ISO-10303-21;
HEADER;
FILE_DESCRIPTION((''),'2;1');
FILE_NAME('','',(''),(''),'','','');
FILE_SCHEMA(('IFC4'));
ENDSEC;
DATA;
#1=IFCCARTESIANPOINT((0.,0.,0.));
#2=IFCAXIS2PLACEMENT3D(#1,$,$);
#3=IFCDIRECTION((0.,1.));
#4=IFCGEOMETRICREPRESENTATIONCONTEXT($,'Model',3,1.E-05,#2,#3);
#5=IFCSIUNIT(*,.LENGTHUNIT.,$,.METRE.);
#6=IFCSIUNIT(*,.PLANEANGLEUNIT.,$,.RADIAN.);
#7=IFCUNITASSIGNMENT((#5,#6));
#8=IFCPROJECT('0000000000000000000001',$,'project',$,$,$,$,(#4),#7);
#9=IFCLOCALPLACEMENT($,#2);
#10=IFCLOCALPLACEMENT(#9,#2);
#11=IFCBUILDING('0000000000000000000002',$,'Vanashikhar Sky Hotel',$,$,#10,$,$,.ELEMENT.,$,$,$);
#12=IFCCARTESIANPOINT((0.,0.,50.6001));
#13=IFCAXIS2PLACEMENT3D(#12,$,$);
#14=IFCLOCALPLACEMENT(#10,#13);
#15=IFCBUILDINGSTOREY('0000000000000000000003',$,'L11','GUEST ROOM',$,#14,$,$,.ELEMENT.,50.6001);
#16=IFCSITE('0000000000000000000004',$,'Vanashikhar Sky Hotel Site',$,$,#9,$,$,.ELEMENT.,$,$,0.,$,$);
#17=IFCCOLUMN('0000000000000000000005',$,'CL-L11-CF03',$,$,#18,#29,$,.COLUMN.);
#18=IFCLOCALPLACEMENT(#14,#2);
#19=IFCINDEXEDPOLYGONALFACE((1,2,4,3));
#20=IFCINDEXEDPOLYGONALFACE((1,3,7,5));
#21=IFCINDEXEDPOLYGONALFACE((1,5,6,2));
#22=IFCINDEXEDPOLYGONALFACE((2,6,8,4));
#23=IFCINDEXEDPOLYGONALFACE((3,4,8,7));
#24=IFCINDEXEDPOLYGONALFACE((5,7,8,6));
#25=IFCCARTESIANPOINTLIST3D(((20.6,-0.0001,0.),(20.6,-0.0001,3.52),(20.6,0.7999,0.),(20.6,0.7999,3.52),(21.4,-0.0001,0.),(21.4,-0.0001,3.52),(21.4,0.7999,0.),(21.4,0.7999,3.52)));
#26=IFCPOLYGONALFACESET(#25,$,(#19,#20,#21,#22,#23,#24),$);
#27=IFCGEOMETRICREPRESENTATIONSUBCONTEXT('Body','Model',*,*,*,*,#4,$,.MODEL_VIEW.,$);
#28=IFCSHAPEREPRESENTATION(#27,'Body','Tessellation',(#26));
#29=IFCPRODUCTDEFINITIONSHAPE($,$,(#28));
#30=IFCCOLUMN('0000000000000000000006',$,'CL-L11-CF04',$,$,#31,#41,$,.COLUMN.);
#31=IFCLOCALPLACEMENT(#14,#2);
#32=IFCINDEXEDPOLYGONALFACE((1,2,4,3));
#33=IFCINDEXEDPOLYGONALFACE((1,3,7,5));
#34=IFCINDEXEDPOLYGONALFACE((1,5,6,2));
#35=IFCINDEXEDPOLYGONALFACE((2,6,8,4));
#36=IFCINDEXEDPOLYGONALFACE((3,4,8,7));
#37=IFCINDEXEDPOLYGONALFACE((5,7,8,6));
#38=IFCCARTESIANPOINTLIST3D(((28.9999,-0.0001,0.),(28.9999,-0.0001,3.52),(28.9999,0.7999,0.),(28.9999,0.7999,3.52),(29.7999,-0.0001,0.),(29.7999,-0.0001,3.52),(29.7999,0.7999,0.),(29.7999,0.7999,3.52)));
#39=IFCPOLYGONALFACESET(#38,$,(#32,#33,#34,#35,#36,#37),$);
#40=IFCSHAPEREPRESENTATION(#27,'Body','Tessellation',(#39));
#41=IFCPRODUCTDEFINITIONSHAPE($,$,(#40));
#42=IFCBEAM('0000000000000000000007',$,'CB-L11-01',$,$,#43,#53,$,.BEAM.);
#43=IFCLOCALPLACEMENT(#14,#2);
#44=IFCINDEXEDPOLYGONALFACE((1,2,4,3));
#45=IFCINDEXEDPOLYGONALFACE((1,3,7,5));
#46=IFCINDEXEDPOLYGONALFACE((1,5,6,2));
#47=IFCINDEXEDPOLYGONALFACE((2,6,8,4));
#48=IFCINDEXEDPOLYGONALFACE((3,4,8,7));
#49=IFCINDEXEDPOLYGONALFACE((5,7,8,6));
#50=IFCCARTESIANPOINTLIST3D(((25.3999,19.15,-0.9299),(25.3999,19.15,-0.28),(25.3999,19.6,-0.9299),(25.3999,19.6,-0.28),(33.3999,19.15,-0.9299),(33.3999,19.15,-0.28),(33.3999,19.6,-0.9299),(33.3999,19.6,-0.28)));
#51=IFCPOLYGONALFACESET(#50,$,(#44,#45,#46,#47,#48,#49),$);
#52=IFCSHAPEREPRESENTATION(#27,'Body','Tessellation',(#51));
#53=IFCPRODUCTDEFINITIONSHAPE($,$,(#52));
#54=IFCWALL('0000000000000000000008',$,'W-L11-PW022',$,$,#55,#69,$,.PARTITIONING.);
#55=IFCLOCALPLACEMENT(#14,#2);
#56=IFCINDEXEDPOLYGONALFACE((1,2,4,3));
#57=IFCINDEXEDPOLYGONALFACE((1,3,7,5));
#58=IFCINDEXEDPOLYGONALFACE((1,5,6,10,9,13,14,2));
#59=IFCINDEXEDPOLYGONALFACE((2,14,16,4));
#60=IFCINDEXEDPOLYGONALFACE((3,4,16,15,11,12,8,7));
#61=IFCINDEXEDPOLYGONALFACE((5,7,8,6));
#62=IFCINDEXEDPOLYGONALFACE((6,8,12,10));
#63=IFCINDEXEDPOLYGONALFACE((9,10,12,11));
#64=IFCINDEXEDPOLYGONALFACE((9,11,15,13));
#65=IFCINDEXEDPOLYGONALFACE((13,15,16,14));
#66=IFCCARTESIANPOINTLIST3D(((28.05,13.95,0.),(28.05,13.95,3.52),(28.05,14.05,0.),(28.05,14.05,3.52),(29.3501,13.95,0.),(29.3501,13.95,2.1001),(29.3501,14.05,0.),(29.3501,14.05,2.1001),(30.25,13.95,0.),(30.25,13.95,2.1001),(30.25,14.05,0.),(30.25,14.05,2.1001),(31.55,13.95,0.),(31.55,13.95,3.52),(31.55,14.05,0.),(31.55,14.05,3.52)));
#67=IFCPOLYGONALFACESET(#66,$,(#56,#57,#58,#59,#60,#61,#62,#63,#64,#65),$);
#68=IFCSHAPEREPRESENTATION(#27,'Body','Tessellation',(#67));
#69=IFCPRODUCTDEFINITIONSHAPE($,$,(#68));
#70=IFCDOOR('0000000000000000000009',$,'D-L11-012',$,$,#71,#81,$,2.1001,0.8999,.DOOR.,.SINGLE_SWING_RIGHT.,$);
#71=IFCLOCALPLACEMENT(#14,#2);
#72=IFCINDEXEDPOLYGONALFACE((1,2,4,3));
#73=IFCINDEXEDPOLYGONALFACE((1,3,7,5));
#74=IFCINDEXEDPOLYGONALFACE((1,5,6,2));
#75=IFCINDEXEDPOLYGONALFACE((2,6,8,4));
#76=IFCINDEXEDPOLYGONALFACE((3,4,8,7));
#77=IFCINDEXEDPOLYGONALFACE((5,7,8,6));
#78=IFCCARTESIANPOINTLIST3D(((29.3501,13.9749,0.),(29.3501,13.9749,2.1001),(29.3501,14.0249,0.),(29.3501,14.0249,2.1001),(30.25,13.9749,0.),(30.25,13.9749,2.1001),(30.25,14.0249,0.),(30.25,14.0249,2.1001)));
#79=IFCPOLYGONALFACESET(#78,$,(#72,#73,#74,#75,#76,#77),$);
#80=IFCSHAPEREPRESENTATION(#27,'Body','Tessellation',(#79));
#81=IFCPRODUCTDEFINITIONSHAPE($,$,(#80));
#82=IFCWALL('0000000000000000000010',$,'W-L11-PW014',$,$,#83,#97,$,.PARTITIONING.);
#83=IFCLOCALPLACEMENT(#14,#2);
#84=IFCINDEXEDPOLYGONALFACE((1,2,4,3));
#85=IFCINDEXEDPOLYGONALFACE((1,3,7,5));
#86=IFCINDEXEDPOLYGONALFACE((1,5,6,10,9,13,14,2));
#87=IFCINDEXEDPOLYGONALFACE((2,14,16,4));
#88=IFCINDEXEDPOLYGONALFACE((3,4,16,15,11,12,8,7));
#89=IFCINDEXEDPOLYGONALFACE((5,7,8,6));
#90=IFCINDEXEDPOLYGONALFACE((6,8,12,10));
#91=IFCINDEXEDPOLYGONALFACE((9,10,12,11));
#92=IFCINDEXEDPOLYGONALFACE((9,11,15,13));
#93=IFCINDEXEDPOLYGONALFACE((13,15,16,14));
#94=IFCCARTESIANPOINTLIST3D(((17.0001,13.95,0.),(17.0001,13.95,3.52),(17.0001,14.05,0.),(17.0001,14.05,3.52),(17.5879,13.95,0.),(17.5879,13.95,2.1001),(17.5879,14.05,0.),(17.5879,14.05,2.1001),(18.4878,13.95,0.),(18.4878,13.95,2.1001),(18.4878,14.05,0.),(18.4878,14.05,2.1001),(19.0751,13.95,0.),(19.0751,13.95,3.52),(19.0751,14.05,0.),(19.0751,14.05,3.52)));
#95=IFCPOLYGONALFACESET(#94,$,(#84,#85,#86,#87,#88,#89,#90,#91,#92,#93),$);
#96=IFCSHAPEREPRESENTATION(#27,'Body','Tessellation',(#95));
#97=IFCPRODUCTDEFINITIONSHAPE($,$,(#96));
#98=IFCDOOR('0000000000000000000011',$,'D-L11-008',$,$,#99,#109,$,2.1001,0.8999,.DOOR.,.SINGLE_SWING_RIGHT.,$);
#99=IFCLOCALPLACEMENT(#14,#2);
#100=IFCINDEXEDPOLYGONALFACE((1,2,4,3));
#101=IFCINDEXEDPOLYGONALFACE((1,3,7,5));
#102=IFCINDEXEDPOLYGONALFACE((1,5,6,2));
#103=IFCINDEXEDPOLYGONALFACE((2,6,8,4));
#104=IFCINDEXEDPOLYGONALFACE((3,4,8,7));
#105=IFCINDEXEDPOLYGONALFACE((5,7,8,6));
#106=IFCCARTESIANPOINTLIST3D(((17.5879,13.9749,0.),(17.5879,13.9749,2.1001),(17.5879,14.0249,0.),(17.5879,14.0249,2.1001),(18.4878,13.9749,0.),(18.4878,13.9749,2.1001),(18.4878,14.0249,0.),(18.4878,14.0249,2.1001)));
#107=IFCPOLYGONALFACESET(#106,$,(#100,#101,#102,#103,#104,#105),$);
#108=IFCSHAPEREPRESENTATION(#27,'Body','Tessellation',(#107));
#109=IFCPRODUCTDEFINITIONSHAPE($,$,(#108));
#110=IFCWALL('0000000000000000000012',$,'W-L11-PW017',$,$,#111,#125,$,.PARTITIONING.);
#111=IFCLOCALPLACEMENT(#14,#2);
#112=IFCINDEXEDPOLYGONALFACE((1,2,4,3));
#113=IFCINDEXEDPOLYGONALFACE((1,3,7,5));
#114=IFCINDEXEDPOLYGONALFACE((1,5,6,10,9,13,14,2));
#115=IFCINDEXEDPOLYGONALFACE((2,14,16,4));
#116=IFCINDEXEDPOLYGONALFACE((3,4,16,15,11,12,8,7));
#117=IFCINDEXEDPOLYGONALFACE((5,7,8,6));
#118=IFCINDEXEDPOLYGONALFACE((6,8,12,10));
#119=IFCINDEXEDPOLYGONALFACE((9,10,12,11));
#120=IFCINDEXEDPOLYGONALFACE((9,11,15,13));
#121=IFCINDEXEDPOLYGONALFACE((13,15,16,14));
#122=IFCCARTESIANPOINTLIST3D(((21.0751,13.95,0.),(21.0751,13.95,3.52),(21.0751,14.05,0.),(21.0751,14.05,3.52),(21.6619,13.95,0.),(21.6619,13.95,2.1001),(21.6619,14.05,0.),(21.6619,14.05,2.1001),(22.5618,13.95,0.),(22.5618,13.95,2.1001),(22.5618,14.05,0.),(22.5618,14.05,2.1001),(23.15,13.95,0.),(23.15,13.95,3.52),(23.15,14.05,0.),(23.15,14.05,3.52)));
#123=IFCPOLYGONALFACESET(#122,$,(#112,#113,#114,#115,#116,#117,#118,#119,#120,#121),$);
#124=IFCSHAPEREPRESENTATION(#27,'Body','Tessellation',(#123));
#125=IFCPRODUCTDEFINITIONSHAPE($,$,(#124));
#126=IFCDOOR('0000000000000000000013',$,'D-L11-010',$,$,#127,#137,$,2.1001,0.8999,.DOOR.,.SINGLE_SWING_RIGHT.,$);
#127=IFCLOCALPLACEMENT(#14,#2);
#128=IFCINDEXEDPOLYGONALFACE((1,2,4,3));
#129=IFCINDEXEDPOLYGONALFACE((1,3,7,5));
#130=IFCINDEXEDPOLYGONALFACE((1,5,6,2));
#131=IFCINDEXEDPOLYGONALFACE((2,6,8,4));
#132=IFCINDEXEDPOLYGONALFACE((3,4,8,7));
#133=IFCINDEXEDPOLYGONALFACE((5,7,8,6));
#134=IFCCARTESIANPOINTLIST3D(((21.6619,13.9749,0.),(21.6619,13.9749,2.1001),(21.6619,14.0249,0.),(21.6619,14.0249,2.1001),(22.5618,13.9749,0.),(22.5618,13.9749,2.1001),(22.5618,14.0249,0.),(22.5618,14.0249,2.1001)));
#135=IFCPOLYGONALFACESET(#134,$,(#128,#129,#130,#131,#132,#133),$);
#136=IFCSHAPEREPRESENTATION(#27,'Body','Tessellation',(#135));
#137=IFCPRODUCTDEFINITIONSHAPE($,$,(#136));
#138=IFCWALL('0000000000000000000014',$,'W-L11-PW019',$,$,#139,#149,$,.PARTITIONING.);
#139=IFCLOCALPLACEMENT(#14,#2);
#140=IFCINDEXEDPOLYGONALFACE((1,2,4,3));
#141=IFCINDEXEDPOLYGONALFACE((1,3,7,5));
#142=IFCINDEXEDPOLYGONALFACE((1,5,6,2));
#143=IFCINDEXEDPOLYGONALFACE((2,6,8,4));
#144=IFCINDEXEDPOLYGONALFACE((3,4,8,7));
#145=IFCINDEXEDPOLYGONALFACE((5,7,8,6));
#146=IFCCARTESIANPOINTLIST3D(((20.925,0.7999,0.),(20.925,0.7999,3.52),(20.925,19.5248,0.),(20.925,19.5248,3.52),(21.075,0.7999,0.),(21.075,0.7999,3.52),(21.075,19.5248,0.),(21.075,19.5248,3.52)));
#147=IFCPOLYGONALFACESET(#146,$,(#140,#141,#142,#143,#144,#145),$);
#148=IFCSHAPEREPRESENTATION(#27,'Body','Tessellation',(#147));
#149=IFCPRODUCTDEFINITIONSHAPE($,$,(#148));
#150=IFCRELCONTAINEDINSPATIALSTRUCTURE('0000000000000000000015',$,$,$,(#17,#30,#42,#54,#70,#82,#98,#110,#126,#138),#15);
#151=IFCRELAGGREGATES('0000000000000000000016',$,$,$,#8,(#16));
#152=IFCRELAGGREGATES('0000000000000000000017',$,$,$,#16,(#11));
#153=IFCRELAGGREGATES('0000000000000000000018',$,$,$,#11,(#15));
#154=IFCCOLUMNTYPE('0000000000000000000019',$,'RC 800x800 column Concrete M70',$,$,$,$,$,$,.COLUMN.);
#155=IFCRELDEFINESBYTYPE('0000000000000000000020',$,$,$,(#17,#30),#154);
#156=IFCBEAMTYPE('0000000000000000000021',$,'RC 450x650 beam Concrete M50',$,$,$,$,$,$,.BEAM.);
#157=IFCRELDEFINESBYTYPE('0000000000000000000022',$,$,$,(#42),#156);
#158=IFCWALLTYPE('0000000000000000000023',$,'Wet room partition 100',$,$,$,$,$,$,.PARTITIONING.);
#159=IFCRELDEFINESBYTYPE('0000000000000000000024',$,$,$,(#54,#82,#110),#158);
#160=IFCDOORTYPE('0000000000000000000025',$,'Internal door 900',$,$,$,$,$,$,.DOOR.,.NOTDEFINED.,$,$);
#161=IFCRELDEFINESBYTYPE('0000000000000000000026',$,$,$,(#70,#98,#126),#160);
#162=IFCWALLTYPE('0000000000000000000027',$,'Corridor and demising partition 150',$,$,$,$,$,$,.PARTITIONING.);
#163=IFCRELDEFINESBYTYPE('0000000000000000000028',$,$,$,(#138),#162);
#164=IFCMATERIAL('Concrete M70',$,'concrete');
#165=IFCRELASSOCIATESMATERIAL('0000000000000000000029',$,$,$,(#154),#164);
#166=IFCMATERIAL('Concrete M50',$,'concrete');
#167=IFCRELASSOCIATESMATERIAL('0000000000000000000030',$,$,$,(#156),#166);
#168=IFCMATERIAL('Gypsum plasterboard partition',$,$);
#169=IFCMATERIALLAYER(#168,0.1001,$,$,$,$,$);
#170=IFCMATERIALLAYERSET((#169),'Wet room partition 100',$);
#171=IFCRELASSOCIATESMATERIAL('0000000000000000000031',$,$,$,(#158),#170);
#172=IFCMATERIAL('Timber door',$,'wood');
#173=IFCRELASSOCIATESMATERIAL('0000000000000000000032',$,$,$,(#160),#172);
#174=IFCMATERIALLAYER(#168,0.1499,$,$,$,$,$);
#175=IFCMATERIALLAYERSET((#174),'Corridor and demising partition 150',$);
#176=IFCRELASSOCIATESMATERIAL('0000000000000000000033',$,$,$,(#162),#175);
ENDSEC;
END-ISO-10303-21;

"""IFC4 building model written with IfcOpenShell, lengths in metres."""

from ifc_helpers import new_model, si_unit, direction, frame, frame_2d, origin, origin_2d, place, context, subcontext, project, spatial, rectangle, extrude, source, transform, mapped, material, layer, layer_set, material_profile, profile_set, type_object, element, fill, save


model = new_model("IFC4")

# Units and contexts
model_context = context("Model", 3, precision=1e-05, world=origin(), true_north=direction((0.0, 1.0)))
body_context = subcontext(model_context, "Body", "Model", "MODEL_VIEW")
ifc_project = project(units=[si_unit("LENGTHUNIT", "METRE"), si_unit("PLANEANGLEUNIT", "RADIAN")], contexts=[model_context])

# Site, building, storey
site_placement = place(None, origin())
site = spatial("IfcSite", under=ifc_project, at=site_placement, Name="Vanashikhar Sky Hotel Site", CompositionType="ELEMENT", RefElevation=0.0)
building_placement = place(site_placement, origin())
building = spatial("IfcBuilding", under=site, at=building_placement, Name="Vanashikhar Sky Hotel", CompositionType="ELEMENT")
storey_placement = place(building_placement, frame((0.0, 0.0, 50.6001)))
storey = spatial("IfcBuildingStorey", under=building, at=storey_placement, Name="L11", Description="GUEST ROOM", CompositionType="ELEMENT", Elevation=50.6001)

# Columns
ifc_material_1 = material(Name="Concrete M70", Category="concrete")
ifc_material_profile_1 = material_profile(ifc_material_1, rectangle(XDim=0.8, YDim=0.8, at=origin_2d()))
ifc_profile_set_1 = profile_set([ifc_material_profile_1], Name="RC 800x800 column Concrete M70")
column_type = type_object("IfcColumnType", Name="RC 800x800 column Concrete M70", PredefinedType="COLUMN", material=ifc_profile_set_1)
shared_shape_1 = source(origin(), body_context, "Body", "SweptSolid", [
    extrude(rectangle(XDim=0.8, YDim=0.8, at=origin_2d()), origin(), (0.0, 0.0, 1.0), 3.52),
])
for number, where, z_axis, x_axis, name in (
    (1, (21.0, 0.3999, 0.0), (0.0, 0.0, 1.0), (1.0, 0.0, 0.0), "CL-L11-CF03"),
    (2, (29.3999, 0.3999, 0.0), (0.0, 0.0, 1.0), (1.0, 0.0, 0.0), "CL-L11-CF04"),
):
    element("IfcColumn", number, at=place(storey_placement, frame(where, z_axis=z_axis, x_axis=x_axis)), inside=storey, type_object=column_type, Name=name, PredefinedType="COLUMN", context=body_context, shape_type="MappedRepresentation", body=[
        mapped(shared_shape_1, transform((0.0, 0.0, 0.0), scale=1.0)),
    ])

# Beam
ifc_material_2 = material(Name="Concrete M50", Category="concrete")
ifc_material_profile_2 = material_profile(ifc_material_2, rectangle(XDim=0.45, YDim=0.6499, at=origin_2d()))
ifc_profile_set_2 = profile_set([ifc_material_profile_2], Name="RC 450x650 beam Concrete M50")
beam_type = type_object("IfcBeamType", Name="RC 450x650 beam Concrete M50", PredefinedType="BEAM", material=ifc_profile_set_2)
shared_shape_2 = source(origin(), body_context, "Body", "SweptSolid", [
    extrude(rectangle(XDim=0.45, YDim=0.6499, at=origin_2d()), origin(), (0.0, 0.0, 1.0), 8.0),
])
beam_placement = place(storey_placement, frame((25.3999, 19.375, -0.605), z_axis=(1.0, 0.0, 0.0), x_axis=(0.0, 1.0, 0.0)))
element("IfcBeam", 3, at=beam_placement, inside=storey, type_object=beam_type, Name="CB-L11-01", PredefinedType="BEAM", context=body_context, shape_type="MappedRepresentation", body=[
    mapped(shared_shape_2, transform((0.0, 0.0, 0.0), scale=1.0)),
])

# Walls, openings, doors
ifc_material_3 = material(Name="Gypsum plasterboard partition")
ifc_layer_1 = layer(ifc_material_3, 0.1001)
ifc_layer_set_1 = layer_set([ifc_layer_1], Name="Wet room partition 100")
wall_type_1 = type_object("IfcWallType", Name="Wet room partition 100", PredefinedType="PARTITIONING", material=ifc_layer_set_1)
shared_shape_3 = source(origin(), body_context, "Body", "SweptSolid", [
    extrude(rectangle(XDim=3.5, YDim=0.1001, at=frame_2d((1.75, 0.0))), origin(), (0.0, 0.0, 1.0), 3.52),
])
wall_1_placement = place(storey_placement, frame((28.05, 14.0, 0.0), z_axis=(0.0, 0.0, 1.0), x_axis=(1.0, 0.0, 0.0)))
wall_1 = element("IfcWall", 4, at=wall_1_placement, inside=storey, type_object=wall_type_1, Name="W-L11-PW022", PredefinedType="PARTITIONING", context=body_context, shape_type="MappedRepresentation", body=[
    mapped(shared_shape_3, transform((0.0, 0.0, 0.0), scale=1.0)),
])
shared_shape_4 = source(origin(), body_context, "Body", "SweptSolid", [
    extrude(rectangle(XDim=0.8999, YDim=2.1001, at=frame_2d((0.45, 1.05))), frame((0.0, 0.0601, 0.0), z_axis=(0.0, -1.0, 0.0), x_axis=(1.0, 0.0, 0.0)), (0.0, 0.0, 1.0), 0.1201),
])
opening_1_placement = place(wall_1_placement, frame((1.3, 0.0, 0.0)))
opening_1 = element("IfcOpeningElement", 5, at=opening_1_placement, cuts=wall_1, PredefinedType="OPENING", context=body_context, shape_type="MappedRepresentation", body=[
    mapped(shared_shape_4, transform((0.0, 0.0, 0.0), scale=1.0)),
])
ifc_material_4 = material(Name="Timber door", Category="wood")
door_type_1 = type_object("IfcDoorType", Name="Internal door 900", OperationType="NOTDEFINED", PredefinedType="DOOR", material=ifc_material_4)
shared_shape_5 = source(origin(), body_context, "Body", "SweptSolid", [
    extrude(rectangle(XDim=0.8999, YDim=2.1001, at=frame_2d((0.45, 1.05))), frame((0.0, 0.0249, 0.0), z_axis=(0.0, -1.0, 0.0), x_axis=(1.0, 0.0, 0.0)), (0.0, 0.0, 1.0), 0.05),
])
door_1_placement = place(opening_1_placement, origin())
door_1 = element("IfcDoor", 6, at=door_1_placement, inside=storey, type_object=door_type_1, Name="D-L11-012", OperationType="SINGLE_SWING_RIGHT", OverallHeight=2.1001, OverallWidth=0.8999, PredefinedType="DOOR", context=body_context, shape_type="MappedRepresentation", body=[
    mapped(shared_shape_5, transform((0.0, 0.0, 0.0), scale=1.0)),
])
fill(opening_1, door_1)
shared_shape_6 = source(origin(), body_context, "Body", "SweptSolid", [
    extrude(rectangle(XDim=2.075, YDim=0.1001, at=frame_2d((1.0376, 0.0))), origin(), (0.0, 0.0, 1.0), 3.52),
])
wall_2_placement = place(storey_placement, frame((17.0, 14.0, 0.0), z_axis=(0.0, 0.0, 1.0), x_axis=(1.0, 0.0, 0.0)))
wall_2 = element("IfcWall", 7, at=wall_2_placement, inside=storey, type_object=wall_type_1, Name="W-L11-PW014", PredefinedType="PARTITIONING", context=body_context, shape_type="MappedRepresentation", body=[
    mapped(shared_shape_6, transform((0.0, 0.0, 0.0), scale=1.0)),
])
opening_2_placement = place(wall_2_placement, frame((0.5879, 0.0, 0.0)))
opening_2 = element("IfcOpeningElement", 8, at=opening_2_placement, cuts=wall_2, PredefinedType="OPENING", context=body_context, shape_type="MappedRepresentation", body=[
    mapped(shared_shape_4, transform((0.0, 0.0, 0.0), scale=1.0)),
])
door_2_placement = place(opening_2_placement, origin())
door_2 = element("IfcDoor", 9, at=door_2_placement, inside=storey, type_object=door_type_1, Name="D-L11-008", OperationType="SINGLE_SWING_RIGHT", OverallHeight=2.1001, OverallWidth=0.8999, PredefinedType="DOOR", context=body_context, shape_type="MappedRepresentation", body=[
    mapped(shared_shape_5, transform((0.0, 0.0, 0.0), scale=1.0)),
])
fill(opening_2, door_2)
wall_3_placement = place(storey_placement, frame((21.075, 14.0, 0.0), z_axis=(0.0, 0.0, 1.0), x_axis=(1.0, 0.0, 0.0)))
wall_3 = element("IfcWall", 10, at=wall_3_placement, inside=storey, type_object=wall_type_1, Name="W-L11-PW017", PredefinedType="PARTITIONING", context=body_context, shape_type="MappedRepresentation", body=[
    mapped(shared_shape_6, transform((0.0, 0.0, 0.0), scale=1.0)),
])
opening_3_placement = place(wall_3_placement, frame((0.5869, 0.0, 0.0)))
opening_3 = element("IfcOpeningElement", 11, at=opening_3_placement, cuts=wall_3, PredefinedType="OPENING", context=body_context, shape_type="MappedRepresentation", body=[
    mapped(shared_shape_4, transform((0.0, 0.0, 0.0), scale=1.0)),
])
door_3_placement = place(opening_3_placement, origin())
door_3 = element("IfcDoor", 12, at=door_3_placement, inside=storey, type_object=door_type_1, Name="D-L11-010", OperationType="SINGLE_SWING_RIGHT", OverallHeight=2.1001, OverallWidth=0.8999, PredefinedType="DOOR", context=body_context, shape_type="MappedRepresentation", body=[
    mapped(shared_shape_5, transform((0.0, 0.0, 0.0), scale=1.0)),
])
fill(opening_3, door_3)

# Wall
ifc_layer_2 = layer(ifc_material_3, 0.1499)
ifc_layer_set_2 = layer_set([ifc_layer_2], Name="Corridor and demising partition 150")
wall_type_2 = type_object("IfcWallType", Name="Corridor and demising partition 150", PredefinedType="PARTITIONING", material=ifc_layer_set_2)
shared_shape_7 = source(origin(), body_context, "Body", "SweptSolid", [
    extrude(rectangle(XDim=18.7249, YDim=0.1499, at=frame_2d((9.3623, 0.0))), origin(), (0.0, 0.0, 1.0), 3.52),
])
wall_4_placement = place(storey_placement, frame((21.0, 0.8, 0.0), z_axis=(0.0, 0.0, 1.0), x_axis=(0.0, 1.0, 0.0)))
element("IfcWall", 13, at=wall_4_placement, inside=storey, type_object=wall_type_2, Name="W-L11-PW019", PredefinedType="PARTITIONING", context=body_context, shape_type="MappedRepresentation", body=[
    mapped(shared_shape_7, transform((0.0, 0.0, 0.0), scale=1.0)),
])

save(model, "model.ifc")
